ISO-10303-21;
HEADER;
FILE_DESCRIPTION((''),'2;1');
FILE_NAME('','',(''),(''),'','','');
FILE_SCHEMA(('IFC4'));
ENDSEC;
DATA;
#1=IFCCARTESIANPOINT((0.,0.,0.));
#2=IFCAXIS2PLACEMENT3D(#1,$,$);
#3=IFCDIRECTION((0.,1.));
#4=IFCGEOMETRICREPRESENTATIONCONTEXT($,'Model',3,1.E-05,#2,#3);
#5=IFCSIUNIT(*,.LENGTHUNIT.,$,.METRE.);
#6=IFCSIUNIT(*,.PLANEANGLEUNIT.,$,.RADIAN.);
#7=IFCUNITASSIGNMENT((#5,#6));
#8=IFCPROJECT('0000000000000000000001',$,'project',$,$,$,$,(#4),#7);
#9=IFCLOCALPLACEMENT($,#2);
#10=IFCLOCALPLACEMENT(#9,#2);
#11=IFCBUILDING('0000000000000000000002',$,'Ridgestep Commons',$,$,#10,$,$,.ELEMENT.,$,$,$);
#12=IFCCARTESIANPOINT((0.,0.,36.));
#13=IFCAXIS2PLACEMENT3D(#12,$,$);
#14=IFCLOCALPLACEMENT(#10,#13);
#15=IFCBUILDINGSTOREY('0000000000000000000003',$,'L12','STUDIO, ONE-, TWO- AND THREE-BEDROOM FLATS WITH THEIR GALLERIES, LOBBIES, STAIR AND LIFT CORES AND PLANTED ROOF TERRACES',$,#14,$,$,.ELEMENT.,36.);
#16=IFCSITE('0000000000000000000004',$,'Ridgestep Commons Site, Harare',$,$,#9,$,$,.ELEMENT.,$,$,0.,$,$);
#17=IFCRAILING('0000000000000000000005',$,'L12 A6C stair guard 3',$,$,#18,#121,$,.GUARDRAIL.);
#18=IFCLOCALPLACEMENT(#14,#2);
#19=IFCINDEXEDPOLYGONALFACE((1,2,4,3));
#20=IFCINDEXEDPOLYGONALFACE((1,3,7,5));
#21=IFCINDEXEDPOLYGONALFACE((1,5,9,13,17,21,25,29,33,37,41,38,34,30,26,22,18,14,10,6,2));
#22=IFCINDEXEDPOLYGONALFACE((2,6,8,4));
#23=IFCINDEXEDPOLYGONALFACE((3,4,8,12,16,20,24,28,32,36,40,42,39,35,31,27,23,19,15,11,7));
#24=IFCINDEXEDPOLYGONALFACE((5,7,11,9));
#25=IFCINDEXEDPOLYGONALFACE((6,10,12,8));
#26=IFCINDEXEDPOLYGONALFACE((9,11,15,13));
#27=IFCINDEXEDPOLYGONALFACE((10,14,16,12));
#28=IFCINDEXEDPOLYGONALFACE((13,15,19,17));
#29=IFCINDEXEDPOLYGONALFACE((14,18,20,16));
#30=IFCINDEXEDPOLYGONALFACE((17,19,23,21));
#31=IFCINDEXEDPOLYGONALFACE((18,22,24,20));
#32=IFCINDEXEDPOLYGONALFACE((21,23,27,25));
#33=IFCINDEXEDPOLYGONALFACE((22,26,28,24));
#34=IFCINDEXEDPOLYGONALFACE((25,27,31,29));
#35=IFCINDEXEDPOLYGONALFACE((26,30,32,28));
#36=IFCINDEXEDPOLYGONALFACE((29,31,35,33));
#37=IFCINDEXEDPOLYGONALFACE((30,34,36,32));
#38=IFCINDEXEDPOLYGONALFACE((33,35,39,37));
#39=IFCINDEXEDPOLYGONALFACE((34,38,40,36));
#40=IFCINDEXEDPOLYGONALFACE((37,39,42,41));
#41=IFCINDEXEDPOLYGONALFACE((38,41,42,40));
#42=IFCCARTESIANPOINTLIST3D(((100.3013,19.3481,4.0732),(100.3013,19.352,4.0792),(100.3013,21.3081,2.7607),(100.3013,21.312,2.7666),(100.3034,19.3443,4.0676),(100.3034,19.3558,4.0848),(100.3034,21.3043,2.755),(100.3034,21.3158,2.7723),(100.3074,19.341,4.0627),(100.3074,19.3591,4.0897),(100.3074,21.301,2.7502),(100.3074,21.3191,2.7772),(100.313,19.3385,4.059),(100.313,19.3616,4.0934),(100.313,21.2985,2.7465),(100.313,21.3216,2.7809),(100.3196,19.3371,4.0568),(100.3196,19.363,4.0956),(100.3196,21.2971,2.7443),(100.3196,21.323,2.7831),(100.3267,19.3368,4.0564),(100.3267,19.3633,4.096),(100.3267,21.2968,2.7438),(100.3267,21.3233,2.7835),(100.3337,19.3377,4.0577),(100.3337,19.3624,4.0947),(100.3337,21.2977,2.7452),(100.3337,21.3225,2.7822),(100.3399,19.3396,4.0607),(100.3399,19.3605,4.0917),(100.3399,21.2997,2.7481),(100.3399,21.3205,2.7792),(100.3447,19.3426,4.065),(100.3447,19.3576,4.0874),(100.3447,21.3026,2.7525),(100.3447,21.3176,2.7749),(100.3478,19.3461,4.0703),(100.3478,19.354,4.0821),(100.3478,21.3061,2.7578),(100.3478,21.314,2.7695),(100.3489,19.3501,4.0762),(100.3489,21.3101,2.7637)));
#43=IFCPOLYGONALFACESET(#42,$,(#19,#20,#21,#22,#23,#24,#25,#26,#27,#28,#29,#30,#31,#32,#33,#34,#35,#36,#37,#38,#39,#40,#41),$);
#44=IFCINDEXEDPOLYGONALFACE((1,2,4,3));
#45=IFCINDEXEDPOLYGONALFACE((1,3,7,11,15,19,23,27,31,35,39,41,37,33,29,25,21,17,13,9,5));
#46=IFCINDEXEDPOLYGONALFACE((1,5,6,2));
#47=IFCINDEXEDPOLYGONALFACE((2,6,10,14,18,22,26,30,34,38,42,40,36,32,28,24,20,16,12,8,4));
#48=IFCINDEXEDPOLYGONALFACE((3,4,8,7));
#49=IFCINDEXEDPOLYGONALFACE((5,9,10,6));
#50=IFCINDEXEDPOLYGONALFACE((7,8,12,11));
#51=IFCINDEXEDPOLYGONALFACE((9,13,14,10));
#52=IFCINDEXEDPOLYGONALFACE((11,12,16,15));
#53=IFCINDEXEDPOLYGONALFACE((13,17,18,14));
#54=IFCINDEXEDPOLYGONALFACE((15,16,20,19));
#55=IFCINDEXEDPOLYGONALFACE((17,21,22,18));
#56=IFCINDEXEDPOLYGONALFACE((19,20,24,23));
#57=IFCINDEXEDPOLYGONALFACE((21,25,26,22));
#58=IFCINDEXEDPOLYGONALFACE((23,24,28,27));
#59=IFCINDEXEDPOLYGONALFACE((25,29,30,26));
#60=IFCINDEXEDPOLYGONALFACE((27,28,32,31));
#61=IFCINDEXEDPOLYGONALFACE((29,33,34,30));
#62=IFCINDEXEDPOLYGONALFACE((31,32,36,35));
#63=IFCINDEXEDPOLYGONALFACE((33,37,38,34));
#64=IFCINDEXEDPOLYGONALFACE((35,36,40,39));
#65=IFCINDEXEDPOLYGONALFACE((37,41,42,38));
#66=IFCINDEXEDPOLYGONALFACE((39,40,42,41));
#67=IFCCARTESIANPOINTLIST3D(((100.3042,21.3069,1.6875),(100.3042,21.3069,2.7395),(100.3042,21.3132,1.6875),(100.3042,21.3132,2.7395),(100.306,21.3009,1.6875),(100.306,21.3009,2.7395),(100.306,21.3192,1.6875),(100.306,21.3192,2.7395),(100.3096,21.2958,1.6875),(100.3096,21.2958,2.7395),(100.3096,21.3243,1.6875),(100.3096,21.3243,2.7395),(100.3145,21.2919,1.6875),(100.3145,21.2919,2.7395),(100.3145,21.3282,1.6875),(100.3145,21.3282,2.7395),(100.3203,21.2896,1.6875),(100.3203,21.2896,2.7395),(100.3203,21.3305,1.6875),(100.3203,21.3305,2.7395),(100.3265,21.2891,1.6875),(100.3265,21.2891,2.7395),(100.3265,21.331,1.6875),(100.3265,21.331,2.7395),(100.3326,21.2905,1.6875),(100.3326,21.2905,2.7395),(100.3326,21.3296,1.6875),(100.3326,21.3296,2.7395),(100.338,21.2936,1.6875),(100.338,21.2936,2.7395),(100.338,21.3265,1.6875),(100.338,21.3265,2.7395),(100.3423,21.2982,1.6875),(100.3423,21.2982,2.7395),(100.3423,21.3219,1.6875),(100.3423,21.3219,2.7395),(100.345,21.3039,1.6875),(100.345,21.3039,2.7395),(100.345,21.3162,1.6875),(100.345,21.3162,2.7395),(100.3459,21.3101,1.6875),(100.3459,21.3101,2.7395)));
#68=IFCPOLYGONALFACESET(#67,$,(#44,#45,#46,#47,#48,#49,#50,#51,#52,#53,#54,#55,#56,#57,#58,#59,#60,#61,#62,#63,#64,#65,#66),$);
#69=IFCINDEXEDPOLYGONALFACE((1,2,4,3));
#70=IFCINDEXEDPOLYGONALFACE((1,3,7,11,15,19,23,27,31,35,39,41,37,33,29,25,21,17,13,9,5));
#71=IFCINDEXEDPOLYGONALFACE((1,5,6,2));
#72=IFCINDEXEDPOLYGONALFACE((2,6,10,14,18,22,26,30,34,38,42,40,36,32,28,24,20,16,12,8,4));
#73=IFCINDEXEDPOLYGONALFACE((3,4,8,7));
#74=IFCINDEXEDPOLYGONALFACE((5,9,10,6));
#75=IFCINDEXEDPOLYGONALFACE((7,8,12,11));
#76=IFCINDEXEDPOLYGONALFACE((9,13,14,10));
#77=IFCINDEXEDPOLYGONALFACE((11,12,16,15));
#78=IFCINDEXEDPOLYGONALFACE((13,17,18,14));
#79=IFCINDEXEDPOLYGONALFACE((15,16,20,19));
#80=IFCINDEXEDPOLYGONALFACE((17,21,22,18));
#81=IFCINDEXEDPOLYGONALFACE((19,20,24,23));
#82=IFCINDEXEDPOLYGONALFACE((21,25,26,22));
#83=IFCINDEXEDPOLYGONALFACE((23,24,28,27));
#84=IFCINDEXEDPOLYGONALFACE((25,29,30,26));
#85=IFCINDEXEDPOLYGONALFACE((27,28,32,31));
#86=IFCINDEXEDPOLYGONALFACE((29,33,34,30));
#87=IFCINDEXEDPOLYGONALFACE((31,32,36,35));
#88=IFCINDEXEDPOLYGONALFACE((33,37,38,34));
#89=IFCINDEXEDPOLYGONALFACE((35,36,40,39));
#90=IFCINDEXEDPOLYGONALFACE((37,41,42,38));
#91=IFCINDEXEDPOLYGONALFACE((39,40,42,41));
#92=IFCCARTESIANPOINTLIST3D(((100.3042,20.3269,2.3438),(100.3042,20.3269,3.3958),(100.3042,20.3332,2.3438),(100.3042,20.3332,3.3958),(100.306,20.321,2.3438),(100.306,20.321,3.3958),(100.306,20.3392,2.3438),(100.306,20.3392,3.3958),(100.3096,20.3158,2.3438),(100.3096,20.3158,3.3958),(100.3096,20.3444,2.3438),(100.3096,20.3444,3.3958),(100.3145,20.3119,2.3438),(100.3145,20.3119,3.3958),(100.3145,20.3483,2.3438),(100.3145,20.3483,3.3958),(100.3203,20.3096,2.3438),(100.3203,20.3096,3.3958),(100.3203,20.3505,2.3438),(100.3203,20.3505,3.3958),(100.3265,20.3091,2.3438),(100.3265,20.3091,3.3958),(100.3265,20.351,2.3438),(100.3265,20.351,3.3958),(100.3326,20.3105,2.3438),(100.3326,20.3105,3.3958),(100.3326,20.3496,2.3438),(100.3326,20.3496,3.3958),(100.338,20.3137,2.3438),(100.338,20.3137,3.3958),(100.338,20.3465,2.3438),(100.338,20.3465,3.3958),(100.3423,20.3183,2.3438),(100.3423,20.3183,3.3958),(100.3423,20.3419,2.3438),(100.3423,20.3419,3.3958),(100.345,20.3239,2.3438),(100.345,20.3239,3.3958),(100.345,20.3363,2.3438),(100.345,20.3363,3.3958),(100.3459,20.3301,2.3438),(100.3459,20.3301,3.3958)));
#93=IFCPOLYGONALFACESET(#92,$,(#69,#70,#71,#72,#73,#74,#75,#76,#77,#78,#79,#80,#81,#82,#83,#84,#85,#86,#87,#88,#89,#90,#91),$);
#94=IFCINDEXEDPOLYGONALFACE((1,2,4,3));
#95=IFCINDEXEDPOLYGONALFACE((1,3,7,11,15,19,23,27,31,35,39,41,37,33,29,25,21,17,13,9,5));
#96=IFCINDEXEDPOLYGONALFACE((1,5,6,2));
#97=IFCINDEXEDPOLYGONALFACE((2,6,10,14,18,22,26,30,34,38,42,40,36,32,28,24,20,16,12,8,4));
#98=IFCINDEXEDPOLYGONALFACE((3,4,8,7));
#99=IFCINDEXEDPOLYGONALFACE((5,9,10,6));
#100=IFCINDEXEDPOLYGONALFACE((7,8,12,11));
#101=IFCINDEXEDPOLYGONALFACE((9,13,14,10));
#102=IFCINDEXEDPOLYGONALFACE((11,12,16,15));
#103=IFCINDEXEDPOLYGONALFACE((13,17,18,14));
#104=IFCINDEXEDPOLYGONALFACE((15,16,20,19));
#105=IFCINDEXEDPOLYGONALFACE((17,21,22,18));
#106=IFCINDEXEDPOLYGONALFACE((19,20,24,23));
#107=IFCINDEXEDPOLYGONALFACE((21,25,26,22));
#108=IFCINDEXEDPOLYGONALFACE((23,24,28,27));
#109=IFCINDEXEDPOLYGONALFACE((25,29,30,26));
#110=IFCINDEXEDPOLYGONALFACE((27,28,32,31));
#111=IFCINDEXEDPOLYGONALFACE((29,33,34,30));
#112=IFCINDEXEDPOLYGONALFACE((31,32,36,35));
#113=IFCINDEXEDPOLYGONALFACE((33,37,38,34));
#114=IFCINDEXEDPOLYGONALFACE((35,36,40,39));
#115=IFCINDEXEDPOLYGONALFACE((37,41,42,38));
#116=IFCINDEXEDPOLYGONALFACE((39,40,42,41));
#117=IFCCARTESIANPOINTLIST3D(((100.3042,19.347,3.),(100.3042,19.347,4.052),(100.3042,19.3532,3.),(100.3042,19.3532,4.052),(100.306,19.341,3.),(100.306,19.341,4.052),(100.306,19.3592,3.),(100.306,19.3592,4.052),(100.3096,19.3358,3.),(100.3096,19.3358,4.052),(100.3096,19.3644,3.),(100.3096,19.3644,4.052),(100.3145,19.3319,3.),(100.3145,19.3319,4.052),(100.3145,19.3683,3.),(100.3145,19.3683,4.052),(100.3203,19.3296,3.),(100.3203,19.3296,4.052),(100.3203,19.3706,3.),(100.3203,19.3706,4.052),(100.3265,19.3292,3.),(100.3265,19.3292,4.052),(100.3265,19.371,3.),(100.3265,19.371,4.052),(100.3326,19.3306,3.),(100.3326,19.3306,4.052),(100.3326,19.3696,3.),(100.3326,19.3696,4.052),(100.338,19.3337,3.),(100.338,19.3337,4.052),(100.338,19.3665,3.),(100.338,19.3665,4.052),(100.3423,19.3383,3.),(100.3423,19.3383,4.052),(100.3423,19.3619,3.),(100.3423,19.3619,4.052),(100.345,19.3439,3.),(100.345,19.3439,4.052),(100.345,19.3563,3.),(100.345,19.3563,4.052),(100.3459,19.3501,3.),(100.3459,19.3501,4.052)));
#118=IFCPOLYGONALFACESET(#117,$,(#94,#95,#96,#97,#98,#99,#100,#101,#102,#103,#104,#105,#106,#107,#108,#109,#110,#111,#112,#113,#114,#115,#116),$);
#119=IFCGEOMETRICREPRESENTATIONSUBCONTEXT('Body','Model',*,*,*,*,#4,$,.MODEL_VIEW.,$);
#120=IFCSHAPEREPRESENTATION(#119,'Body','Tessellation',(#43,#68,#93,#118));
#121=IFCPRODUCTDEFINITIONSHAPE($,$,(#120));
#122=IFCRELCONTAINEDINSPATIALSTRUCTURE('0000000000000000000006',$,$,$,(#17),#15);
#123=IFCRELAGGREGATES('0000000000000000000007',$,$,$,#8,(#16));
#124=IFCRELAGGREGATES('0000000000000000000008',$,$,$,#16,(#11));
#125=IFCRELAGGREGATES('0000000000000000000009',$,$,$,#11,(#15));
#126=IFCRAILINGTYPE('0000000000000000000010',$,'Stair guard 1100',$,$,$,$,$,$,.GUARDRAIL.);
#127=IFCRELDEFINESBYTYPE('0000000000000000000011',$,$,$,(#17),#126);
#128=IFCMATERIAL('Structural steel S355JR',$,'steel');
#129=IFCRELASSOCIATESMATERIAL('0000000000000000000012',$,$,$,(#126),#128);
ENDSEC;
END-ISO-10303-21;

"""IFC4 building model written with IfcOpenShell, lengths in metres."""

from ifc_helpers import new_model, si_unit, direction, frame, origin, origin_2d, place, context, subcontext, project, spatial, circle, extrude, material, type_object, element, save


model = new_model("IFC4")

# Units and contexts
model_context = context("Model", 3, precision=1e-05, world=origin(), true_north=direction((0.0, 1.0)))
body_context = subcontext(model_context, "Body", "Model", "MODEL_VIEW")
ifc_project = project(units=[si_unit("LENGTHUNIT", "METRE"), si_unit("PLANEANGLEUNIT", "RADIAN")], contexts=[model_context])

# Site, building, storey
site_placement = place(None, origin())
site = spatial("IfcSite", under=ifc_project, at=site_placement, Name="Ridgestep Commons Site, Harare", CompositionType="ELEMENT", RefElevation=0.0)
building_placement = place(site_placement, origin())
building = spatial("IfcBuilding", under=site, at=building_placement, Name="Ridgestep Commons", CompositionType="ELEMENT")
storey_placement = place(building_placement, frame((0.0, 0.0, 36.0)))
storey = spatial("IfcBuildingStorey", under=building, at=storey_placement, Name="L12", Description="STUDIO, ONE-, TWO- AND THREE-BEDROOM FLATS WITH THEIR GALLERIES, LOBBIES, STAIR AND LIFT CORES AND PLANTED ROOF TERRACES", CompositionType="ELEMENT", Elevation=36.0)

# Railing
ifc_material_1 = material(Name="Structural steel S355JR", Category="steel")
railing_type = type_object("IfcRailingType", Name="Stair guard 1100", PredefinedType="GUARDRAIL", material=ifc_material_1)
railing_placement = place(storey_placement, frame((100.325, 21.3101, 1.6875)))
element("IfcRailing", 1, at=railing_placement, inside=storey, type_object=railing_type, Name="L12 A6C stair guard 3", PredefinedType="GUARDRAIL", context=body_context, shape_type="SweptSolid", body=[
    extrude(circle(Radius=0.0239, at=origin_2d()), frame((0.0, 0.0, 1.0762), z_axis=(0.0, -0.830902, 0.556419), x_axis=(1.0, 0.0, 0.0)), (0.0, 0.0, 1.0), 2.3589),
    extrude(circle(Radius=0.021, at=origin_2d()), origin(), (0.0, 0.0, 1.0), 1.052),
    extrude(circle(Radius=0.021, at=origin_2d()), frame((0.0, -0.98, 0.6562)), (0.0, 0.0, 1.0), 1.052),
    extrude(circle(Radius=0.021, at=origin_2d()), frame((0.0, -1.96, 1.3125)), (0.0, 0.0, 1.0), 1.052),
])

save(model, "model.ifc")
